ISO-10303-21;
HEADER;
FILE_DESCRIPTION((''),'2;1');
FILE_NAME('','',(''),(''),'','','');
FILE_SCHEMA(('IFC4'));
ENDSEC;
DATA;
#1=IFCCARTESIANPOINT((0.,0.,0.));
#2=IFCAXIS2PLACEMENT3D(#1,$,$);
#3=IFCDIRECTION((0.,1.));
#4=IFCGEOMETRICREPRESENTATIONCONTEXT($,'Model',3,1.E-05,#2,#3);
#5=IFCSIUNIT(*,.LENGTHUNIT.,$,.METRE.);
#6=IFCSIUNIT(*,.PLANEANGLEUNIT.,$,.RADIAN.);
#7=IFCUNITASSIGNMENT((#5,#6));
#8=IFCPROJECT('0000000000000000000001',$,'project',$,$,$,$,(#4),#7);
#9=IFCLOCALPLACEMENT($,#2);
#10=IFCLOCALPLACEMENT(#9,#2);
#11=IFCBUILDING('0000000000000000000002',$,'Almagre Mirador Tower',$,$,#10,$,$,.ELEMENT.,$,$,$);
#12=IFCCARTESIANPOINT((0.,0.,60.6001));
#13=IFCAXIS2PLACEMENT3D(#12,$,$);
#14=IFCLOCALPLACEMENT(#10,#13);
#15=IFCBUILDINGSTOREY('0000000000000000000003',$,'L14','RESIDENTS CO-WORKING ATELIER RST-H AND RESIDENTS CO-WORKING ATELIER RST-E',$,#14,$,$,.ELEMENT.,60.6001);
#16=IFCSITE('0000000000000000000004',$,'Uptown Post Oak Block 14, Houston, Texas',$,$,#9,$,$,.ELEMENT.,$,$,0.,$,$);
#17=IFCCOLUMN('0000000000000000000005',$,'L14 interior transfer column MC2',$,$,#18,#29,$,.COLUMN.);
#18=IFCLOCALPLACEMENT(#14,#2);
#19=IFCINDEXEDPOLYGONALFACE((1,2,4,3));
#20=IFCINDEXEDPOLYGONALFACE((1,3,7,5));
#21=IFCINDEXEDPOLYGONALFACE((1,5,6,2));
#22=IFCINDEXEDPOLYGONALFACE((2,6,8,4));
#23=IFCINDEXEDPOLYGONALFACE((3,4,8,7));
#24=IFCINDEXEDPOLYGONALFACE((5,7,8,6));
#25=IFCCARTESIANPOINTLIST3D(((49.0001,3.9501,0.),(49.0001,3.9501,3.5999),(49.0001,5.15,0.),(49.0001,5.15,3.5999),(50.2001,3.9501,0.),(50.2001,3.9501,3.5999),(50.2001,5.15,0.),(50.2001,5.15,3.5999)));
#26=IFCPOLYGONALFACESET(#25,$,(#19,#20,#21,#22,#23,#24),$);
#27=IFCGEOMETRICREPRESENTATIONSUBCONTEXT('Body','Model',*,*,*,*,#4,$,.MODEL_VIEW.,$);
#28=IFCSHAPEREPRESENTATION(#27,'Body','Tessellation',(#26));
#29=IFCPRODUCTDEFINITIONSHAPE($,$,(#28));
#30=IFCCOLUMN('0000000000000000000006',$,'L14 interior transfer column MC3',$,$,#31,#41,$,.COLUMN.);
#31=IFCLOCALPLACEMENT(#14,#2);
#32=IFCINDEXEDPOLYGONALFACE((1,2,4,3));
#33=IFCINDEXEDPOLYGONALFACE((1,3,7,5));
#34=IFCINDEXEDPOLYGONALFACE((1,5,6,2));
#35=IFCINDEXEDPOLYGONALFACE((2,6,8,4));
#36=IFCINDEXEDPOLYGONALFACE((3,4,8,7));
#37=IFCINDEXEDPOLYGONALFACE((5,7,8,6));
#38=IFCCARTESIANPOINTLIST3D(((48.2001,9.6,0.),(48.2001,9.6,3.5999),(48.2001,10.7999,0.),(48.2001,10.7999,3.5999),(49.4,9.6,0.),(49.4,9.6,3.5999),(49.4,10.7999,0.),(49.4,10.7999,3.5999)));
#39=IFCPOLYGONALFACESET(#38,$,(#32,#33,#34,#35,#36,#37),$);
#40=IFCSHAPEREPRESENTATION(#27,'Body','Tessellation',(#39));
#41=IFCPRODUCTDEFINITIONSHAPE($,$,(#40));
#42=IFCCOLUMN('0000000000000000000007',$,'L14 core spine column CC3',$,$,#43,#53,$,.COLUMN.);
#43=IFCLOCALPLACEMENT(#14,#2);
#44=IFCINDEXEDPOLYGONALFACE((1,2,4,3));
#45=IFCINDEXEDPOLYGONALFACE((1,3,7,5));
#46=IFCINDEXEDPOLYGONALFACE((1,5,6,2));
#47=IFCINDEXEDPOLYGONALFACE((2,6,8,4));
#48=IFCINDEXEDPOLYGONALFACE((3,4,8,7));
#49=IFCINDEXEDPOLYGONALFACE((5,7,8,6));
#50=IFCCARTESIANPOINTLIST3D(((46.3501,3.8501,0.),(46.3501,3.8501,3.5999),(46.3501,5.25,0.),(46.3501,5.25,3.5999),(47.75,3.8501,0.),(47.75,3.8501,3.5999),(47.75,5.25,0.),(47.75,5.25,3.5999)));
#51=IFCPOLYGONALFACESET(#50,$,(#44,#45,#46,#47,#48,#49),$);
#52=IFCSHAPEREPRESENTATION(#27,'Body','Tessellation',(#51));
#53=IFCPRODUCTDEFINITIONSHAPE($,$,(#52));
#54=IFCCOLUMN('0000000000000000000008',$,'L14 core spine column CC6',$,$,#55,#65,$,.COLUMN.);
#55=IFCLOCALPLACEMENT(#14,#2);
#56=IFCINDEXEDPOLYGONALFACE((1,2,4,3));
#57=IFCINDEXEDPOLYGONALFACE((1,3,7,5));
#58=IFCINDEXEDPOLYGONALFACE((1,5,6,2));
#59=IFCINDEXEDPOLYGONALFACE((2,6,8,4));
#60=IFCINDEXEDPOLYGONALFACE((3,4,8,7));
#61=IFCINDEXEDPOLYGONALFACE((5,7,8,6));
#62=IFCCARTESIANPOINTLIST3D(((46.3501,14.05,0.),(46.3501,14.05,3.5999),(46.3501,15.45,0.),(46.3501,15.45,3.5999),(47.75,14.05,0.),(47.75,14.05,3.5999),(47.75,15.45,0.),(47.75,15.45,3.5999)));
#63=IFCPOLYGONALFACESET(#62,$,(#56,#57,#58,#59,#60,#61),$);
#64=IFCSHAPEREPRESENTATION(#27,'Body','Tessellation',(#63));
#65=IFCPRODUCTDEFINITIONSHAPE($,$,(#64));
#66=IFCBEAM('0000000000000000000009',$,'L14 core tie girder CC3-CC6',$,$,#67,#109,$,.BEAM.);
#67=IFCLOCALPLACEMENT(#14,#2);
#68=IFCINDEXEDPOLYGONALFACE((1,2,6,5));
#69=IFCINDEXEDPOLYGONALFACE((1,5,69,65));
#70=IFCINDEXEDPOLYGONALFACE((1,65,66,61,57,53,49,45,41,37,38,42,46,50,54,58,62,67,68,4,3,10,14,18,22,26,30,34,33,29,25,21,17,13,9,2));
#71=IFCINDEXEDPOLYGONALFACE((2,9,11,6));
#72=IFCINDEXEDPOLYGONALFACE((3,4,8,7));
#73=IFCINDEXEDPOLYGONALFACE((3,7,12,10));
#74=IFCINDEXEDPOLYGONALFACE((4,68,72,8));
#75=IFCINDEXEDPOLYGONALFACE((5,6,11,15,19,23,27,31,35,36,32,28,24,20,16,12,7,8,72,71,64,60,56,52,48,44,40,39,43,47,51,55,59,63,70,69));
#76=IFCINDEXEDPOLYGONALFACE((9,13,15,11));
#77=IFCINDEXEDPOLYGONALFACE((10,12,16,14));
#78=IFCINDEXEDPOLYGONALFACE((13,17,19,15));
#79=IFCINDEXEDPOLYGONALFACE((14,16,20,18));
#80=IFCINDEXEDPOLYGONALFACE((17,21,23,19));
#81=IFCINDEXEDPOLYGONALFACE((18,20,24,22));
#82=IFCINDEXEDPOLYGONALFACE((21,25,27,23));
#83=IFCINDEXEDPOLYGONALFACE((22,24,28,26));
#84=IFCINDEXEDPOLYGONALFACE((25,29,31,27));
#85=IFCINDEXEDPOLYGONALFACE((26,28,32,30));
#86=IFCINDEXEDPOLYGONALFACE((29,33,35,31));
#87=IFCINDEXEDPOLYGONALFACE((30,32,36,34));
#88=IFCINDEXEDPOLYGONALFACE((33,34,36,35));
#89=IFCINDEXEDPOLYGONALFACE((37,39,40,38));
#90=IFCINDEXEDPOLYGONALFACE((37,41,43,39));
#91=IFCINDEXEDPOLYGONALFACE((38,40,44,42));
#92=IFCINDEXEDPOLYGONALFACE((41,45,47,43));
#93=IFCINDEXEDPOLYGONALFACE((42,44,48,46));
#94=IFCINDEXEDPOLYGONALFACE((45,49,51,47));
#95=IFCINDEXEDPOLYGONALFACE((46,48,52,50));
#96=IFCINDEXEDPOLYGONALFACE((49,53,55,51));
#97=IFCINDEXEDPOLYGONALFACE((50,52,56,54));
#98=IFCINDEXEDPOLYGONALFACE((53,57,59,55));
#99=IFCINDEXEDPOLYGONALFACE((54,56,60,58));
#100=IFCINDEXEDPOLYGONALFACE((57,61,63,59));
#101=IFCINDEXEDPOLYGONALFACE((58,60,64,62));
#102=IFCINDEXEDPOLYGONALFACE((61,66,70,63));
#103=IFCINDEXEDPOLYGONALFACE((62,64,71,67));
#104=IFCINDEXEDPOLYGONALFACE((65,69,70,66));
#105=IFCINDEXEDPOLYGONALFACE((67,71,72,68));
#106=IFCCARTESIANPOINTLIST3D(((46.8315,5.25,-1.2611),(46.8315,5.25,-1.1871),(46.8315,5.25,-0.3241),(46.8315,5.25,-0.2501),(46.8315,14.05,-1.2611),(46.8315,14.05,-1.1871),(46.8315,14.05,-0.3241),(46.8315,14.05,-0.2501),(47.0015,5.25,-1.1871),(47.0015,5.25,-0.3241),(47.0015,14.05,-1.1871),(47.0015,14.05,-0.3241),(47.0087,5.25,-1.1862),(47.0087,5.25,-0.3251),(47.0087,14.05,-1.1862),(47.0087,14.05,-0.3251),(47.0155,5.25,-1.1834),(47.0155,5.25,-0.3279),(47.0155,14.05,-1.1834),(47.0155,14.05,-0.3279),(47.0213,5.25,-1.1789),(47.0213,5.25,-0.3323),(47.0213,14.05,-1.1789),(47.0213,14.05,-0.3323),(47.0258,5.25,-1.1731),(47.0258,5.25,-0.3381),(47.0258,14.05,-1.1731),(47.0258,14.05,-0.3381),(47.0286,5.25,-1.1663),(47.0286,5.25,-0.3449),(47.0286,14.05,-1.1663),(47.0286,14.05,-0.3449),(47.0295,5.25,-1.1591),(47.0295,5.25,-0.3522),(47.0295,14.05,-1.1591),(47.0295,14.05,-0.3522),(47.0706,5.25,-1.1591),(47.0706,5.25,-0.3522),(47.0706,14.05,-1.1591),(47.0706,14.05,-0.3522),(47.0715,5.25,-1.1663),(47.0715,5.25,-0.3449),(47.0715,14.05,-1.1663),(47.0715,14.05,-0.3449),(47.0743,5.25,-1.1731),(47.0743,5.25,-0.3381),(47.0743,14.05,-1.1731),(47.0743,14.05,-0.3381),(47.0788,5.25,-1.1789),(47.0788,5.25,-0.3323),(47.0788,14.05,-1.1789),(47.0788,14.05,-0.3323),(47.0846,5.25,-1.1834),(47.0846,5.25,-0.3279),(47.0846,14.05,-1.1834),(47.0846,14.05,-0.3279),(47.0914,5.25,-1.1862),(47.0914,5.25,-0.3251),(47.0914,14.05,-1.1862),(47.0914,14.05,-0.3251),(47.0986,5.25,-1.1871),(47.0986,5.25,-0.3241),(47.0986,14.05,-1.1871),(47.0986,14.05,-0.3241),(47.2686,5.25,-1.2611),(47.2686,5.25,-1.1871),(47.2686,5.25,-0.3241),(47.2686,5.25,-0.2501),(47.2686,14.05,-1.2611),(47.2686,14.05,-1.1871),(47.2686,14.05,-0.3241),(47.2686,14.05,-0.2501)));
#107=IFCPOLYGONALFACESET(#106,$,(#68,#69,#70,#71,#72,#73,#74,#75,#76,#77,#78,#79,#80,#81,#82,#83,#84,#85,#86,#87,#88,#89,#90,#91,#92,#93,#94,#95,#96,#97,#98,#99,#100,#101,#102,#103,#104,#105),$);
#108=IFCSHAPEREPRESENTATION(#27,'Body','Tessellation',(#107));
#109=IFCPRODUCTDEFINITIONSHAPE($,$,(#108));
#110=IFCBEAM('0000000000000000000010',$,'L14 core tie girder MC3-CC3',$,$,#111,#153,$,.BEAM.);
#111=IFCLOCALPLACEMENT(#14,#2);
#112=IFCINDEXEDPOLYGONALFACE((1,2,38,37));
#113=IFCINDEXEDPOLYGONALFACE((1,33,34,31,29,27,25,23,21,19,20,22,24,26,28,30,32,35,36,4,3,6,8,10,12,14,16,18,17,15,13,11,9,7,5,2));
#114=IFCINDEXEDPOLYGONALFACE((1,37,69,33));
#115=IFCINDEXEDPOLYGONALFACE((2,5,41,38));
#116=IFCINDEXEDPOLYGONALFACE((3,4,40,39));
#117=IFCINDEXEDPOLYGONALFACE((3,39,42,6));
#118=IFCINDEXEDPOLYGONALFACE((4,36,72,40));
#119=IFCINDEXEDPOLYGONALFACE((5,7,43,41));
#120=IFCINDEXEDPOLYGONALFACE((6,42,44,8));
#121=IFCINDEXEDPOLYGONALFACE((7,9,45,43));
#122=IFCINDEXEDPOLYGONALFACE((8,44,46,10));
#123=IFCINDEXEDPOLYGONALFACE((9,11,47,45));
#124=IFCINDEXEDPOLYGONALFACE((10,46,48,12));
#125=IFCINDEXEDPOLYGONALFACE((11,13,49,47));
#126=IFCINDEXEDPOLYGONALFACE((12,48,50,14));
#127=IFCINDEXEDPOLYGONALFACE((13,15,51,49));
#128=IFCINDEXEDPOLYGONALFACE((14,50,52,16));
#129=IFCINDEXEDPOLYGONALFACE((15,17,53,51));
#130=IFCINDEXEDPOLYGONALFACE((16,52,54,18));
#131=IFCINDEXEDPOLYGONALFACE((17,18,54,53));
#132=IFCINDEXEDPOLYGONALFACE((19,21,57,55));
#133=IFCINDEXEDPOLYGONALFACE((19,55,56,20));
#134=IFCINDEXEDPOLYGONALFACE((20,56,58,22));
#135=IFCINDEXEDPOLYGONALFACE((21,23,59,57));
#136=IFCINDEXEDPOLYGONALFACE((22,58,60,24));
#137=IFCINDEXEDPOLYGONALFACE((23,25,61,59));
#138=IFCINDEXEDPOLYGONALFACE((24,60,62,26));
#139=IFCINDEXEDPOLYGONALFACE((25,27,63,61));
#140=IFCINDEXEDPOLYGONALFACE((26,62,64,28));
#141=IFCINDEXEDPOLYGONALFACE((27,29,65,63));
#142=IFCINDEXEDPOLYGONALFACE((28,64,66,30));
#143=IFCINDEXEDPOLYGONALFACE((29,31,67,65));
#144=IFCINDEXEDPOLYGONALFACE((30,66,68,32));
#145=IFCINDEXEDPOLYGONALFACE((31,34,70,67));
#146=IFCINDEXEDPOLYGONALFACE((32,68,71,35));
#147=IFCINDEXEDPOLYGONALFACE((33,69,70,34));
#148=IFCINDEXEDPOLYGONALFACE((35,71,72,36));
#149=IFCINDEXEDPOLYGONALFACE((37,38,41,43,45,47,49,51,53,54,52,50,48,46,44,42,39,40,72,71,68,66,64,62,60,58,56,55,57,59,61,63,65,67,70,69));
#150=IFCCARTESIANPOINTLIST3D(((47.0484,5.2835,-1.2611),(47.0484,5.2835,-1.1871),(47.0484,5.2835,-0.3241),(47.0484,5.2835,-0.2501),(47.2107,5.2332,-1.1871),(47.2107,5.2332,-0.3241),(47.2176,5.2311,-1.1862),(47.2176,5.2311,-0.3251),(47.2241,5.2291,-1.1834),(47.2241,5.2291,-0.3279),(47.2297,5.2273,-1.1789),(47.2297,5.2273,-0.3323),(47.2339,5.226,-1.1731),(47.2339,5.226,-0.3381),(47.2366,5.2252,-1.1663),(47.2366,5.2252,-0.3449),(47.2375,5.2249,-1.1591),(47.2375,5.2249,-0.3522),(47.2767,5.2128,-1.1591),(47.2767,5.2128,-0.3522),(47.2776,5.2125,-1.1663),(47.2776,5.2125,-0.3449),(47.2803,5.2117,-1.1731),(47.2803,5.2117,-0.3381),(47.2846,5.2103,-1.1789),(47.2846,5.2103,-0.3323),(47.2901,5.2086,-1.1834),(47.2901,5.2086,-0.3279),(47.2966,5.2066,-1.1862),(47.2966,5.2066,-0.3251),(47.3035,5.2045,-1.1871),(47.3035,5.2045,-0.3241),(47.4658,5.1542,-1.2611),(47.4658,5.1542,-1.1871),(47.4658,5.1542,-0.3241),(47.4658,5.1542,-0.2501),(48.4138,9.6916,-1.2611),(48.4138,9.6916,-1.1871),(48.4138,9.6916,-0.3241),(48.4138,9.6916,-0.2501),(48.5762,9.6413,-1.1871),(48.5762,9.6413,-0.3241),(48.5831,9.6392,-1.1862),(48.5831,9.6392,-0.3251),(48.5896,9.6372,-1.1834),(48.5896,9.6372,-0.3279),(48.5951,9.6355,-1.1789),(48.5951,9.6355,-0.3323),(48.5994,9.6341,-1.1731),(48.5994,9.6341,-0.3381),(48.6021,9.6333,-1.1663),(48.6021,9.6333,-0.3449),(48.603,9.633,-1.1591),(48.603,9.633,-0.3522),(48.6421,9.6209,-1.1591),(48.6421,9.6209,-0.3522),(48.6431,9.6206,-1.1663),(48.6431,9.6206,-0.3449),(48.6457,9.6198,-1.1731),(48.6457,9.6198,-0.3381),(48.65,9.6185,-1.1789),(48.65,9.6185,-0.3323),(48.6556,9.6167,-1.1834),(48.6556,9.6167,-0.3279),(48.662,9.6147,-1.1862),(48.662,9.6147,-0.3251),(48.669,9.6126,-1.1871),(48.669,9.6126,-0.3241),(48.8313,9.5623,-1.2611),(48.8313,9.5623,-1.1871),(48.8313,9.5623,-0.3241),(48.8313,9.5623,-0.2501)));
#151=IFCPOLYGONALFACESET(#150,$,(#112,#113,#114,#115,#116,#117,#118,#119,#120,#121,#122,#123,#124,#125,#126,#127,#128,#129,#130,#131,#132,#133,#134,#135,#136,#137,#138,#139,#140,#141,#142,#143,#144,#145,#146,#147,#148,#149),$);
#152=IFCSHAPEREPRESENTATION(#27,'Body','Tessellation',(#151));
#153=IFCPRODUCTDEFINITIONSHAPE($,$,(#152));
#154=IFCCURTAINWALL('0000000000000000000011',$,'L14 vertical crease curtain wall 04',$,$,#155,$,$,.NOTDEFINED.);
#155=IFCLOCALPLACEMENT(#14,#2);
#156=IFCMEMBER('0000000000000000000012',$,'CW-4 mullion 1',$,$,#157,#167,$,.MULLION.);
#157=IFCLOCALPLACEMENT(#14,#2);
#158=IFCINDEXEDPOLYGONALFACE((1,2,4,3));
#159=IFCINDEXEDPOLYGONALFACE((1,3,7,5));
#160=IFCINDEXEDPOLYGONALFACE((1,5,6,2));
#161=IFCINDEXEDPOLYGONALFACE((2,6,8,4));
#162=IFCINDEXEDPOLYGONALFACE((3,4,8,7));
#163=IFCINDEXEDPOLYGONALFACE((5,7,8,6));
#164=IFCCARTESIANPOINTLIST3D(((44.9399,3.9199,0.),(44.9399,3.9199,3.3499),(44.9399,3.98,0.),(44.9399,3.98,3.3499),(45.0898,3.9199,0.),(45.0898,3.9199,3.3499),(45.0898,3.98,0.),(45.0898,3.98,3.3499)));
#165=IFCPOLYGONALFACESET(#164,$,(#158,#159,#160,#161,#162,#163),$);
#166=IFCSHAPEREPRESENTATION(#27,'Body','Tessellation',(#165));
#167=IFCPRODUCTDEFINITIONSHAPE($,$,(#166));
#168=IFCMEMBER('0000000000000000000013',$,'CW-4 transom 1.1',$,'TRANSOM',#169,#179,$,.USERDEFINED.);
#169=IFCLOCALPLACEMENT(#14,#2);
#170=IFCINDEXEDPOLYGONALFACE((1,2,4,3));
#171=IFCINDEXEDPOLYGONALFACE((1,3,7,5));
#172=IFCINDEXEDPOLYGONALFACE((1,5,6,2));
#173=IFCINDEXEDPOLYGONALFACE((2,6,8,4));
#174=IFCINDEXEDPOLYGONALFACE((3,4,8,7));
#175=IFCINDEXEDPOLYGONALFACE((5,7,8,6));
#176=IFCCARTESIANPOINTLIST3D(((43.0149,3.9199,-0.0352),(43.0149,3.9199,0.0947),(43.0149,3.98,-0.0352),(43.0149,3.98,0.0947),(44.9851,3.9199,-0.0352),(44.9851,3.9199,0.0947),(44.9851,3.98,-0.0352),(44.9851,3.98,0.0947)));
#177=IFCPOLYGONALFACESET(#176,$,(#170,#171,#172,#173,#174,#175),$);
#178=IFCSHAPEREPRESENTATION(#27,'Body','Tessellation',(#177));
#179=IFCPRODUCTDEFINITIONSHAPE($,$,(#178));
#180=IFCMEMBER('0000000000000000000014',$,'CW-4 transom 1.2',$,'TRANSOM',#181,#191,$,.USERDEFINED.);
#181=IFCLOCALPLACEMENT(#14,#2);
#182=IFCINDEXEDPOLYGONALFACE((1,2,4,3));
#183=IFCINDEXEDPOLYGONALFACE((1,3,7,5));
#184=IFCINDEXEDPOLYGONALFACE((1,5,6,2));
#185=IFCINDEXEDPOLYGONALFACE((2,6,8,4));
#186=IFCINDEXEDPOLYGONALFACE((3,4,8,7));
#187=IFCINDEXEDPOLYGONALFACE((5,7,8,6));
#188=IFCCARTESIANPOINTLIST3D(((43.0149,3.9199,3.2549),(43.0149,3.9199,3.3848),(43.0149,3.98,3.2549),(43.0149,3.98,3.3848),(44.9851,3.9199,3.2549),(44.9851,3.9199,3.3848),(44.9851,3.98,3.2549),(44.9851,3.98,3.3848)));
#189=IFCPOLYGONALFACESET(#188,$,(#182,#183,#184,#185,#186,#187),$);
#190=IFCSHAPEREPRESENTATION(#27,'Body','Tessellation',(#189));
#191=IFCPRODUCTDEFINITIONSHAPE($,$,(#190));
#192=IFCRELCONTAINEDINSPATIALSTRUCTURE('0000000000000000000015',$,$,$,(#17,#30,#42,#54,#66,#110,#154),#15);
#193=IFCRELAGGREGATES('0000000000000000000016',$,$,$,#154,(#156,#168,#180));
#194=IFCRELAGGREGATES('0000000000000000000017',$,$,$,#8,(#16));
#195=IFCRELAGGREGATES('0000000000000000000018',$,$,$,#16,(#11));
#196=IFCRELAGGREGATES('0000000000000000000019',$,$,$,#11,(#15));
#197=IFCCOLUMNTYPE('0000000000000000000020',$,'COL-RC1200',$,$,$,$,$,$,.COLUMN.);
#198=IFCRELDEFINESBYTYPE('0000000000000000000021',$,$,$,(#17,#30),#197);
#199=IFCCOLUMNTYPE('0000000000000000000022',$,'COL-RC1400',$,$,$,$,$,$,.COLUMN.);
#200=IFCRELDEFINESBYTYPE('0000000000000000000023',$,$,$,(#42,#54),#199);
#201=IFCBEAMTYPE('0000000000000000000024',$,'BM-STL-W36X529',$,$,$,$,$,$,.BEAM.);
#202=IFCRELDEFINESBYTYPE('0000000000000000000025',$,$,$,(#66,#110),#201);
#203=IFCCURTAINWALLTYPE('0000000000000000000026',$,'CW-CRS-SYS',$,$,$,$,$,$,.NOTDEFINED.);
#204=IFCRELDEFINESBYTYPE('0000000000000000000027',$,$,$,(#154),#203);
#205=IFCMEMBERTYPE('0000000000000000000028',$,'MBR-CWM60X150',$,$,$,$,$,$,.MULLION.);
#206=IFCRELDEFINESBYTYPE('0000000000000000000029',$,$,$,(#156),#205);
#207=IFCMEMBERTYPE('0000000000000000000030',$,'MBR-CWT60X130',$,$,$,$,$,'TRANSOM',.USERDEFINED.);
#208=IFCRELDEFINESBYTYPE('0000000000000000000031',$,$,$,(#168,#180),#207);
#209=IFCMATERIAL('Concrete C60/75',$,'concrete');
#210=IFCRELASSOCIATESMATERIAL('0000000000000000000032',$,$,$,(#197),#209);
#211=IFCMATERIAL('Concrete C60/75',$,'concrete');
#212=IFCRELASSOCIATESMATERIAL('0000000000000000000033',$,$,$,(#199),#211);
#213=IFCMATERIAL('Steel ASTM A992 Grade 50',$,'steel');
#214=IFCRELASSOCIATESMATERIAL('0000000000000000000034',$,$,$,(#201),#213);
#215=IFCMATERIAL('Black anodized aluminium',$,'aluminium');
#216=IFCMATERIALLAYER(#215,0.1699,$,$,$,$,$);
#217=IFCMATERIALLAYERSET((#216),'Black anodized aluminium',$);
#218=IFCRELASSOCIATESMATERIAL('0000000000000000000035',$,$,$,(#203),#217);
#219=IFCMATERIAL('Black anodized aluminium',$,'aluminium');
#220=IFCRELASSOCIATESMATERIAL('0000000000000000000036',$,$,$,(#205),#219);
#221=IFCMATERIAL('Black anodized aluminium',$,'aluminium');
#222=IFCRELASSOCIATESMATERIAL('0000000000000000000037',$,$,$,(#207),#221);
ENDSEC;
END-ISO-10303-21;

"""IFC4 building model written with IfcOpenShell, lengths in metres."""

from ifc_helpers import new_model, si_unit, direction, frame, origin, origin_2d, place, context, subcontext, project, spatial, rectangle, i_section, extrude, material, layer, layer_set, material_profile, profile_set, type_object, element, aggregate, save


model = new_model("IFC4")

# Units and contexts
model_context = context("Model", 3, precision=1e-05, world=origin(), true_north=direction((0.0, 1.0)))
body_context = subcontext(model_context, "Body", "Model", "MODEL_VIEW")
ifc_project = project(units=[si_unit("LENGTHUNIT", "METRE"), si_unit("PLANEANGLEUNIT", "RADIAN")], contexts=[model_context])

# Site, building, storey
site_placement = place(None, origin())
site = spatial("IfcSite", under=ifc_project, at=site_placement, Name="Uptown Post Oak Block 14, Houston, Texas", CompositionType="ELEMENT", RefElevation=0.0)
building_placement = place(site_placement, origin())
building = spatial("IfcBuilding", under=site, at=building_placement, Name="Almagre Mirador Tower", CompositionType="ELEMENT")
storey_placement = place(building_placement, frame((0.0, 0.0, 60.6001)))
storey = spatial("IfcBuildingStorey", under=building, at=storey_placement, Name="L14", Description="RESIDENTS CO-WORKING ATELIER RST-H AND RESIDENTS CO-WORKING ATELIER RST-E", CompositionType="ELEMENT", Elevation=60.6001)

# Columns
ifc_material_1 = material(Name="Concrete C60/75", Category="concrete")
ifc_material_profile_1 = material_profile(ifc_material_1, rectangle(XDim=1.2, YDim=1.2, at=origin_2d()), Name="RC1200X1200")
ifc_profile_set_1 = profile_set([ifc_material_profile_1], Name="Concrete C60/75")
column_type_1 = type_object("IfcColumnType", Name="COL-RC1200", PredefinedType="COLUMN", material=ifc_profile_set_1)
for number, where, z_axis, x_axis, name in (
    (1, (49.6001, 4.55, 0.0), (0.0, 0.0, 1.0), (1.0, 0.0, 0.0), "L14 interior transfer column MC2"),
    (2, (48.8, 10.2, 0.0), (0.0, 0.0, 1.0), (1.0, 0.0, 0.0), "L14 interior transfer column MC3"),
):
    element("IfcColumn", number, at=place(storey_placement, frame(where, z_axis=z_axis, x_axis=x_axis)), inside=storey, type_object=column_type_1, Name=name, PredefinedType="COLUMN", context=body_context, shape_type="SweptSolid", body=[
        extrude(rectangle(XDim=1.2, YDim=1.2, at=origin_2d()), origin(), (0.0, 0.0, 1.0), 3.5999),
    ])
ifc_material_2 = material(Name="Concrete C60/75", Category="concrete")
ifc_material_profile_2 = material_profile(ifc_material_2, rectangle(XDim=1.3999, YDim=1.3999, at=origin_2d()), Name="RC1400X1400")
ifc_profile_set_2 = profile_set([ifc_material_profile_2], Name="Concrete C60/75")
column_type_2 = type_object("IfcColumnType", Name="COL-RC1400", PredefinedType="COLUMN", material=ifc_profile_set_2)
for number, where, z_axis, x_axis, name in (
    (3, (47.05, 4.55, 0.0), (0.0, 0.0, 1.0), (1.0, 0.0, 0.0), "L14 core spine column CC3"),
    (4, (47.05, 14.75, 0.0), (0.0, 0.0, 1.0), (1.0, 0.0, 0.0), "L14 core spine column CC6"),
):
    element("IfcColumn", number, at=place(storey_placement, frame(where, z_axis=z_axis, x_axis=x_axis)), inside=storey, type_object=column_type_2, Name=name, PredefinedType="COLUMN", context=body_context, shape_type="SweptSolid", body=[
        extrude(rectangle(XDim=1.3999, YDim=1.3999, at=origin_2d()), origin(), (0.0, 0.0, 1.0), 3.5999),
    ])

# Beams
ifc_material_3 = material(Name="Steel ASTM A992 Grade 50", Category="steel")
ifc_material_profile_3 = material_profile(ifc_material_3, i_section(OverallWidth=0.437, OverallDepth=1.011, WebThickness=0.041, FlangeThickness=0.074, FilletRadius=0.0281, at=origin_2d()), Name="W36X529")
ifc_profile_set_3 = profile_set([ifc_material_profile_3], Name="Steel ASTM A992 Grade 50")
beam_type = type_object("IfcBeamType", Name="BM-STL-W36X529", PredefinedType="BEAM", material=ifc_profile_set_3)
beam_1_placement = place(storey_placement, frame((47.05, 5.25, -0.7556), z_axis=(0.0, 1.0, 0.0), x_axis=(-1.0, 0.0, 0.0)))
element("IfcBeam", 5, at=beam_1_placement, inside=storey, type_object=beam_type, Name="L14 core tie girder CC3-CC6", PredefinedType="BEAM", context=body_context, shape_type="SweptSolid", body=[
    extrude(i_section(OverallWidth=0.437, OverallDepth=1.011, WebThickness=0.041, FlangeThickness=0.074, FilletRadius=0.0281, at=origin_2d()), origin(), (0.0, 0.0, 1.0), 8.8),
])
beam_2_placement = place(storey_placement, frame((48.6226, 9.627, -0.7556), z_axis=(-0.295888, -0.955223, 0.0), x_axis=(0.955223, -0.295888, 0.0)))
element("IfcBeam", 6, at=beam_2_placement, inside=storey, type_object=beam_type, Name="L14 core tie girder MC3-CC3", PredefinedType="BEAM", context=body_context, shape_type="SweptSolid", body=[
    extrude(i_section(OverallWidth=0.437, OverallDepth=1.011, WebThickness=0.041, FlangeThickness=0.074, FilletRadius=0.0281, at=origin_2d()), origin(), (0.0, 0.0, 1.0), 4.6147),
])

# Curtain wall, members
ifc_material_4 = material(Name="Black anodized aluminium", Category="aluminium")
ifc_layer_1 = layer(ifc_material_4, 0.1699)
ifc_layer_set_1 = layer_set([ifc_layer_1], Name="Black anodized aluminium")
curtain_wall_type = type_object("IfcCurtainWallType", Name="CW-CRS-SYS", PredefinedType="NOTDEFINED", material=ifc_layer_set_1)
curtain_wall_placement = place(storey_placement, origin())
curtain_wall = element("IfcCurtainWall", 7, at=curtain_wall_placement, inside=storey, type_object=curtain_wall_type, Name="L14 vertical crease curtain wall 04", PredefinedType="NOTDEFINED")
ifc_material_5 = material(Name="Black anodized aluminium", Category="aluminium")
ifc_material_profile_4 = material_profile(ifc_material_5, rectangle(XDim=0.0601, YDim=0.1499, at=origin_2d()), Name="CWM60X150")
ifc_profile_set_4 = profile_set([ifc_material_profile_4], Name="Black anodized aluminium")
member_type_1 = type_object("IfcMemberType", Name="MBR-CWM60X150", PredefinedType="MULLION", material=ifc_profile_set_4)
member_1_placement = place(storey_placement, frame((45.0149, 3.95, 0.0), z_axis=(0.0, 0.0, 1.0), x_axis=(0.0, -1.0, 0.0)))
member_1 = element("IfcMember", 8, at=member_1_placement, type_object=member_type_1, Name="CW-4 mullion 1", PredefinedType="MULLION", context=body_context, shape_type="SweptSolid", body=[
    extrude(rectangle(XDim=0.0601, YDim=0.1499, at=origin_2d()), origin(), (0.0, 0.0, 1.0), 3.3499),
])
ifc_material_6 = material(Name="Black anodized aluminium", Category="aluminium")
ifc_material_profile_5 = material_profile(ifc_material_6, rectangle(XDim=0.0601, YDim=0.1299, at=origin_2d()), Name="CWT60X130")
ifc_profile_set_5 = profile_set([ifc_material_profile_5], Name="Black anodized aluminium")
member_type_2 = type_object("IfcMemberType", Name="MBR-CWT60X130", ElementType="TRANSOM", PredefinedType="USERDEFINED", material=ifc_profile_set_5)
member_2_placement = place(storey_placement, frame((44.9851, 3.95, 0.0298), z_axis=(-1.0, 0.0, 0.0), x_axis=(0.0, -1.0, 0.0)))
member_2 = element("IfcMember", 9, at=member_2_placement, type_object=member_type_2, Name="CW-4 transom 1.1", ObjectType="TRANSOM", PredefinedType="USERDEFINED", context=body_context, shape_type="SweptSolid", body=[
    extrude(rectangle(XDim=0.0601, YDim=0.1299, at=origin_2d()), origin(), (0.0, 0.0, 1.0), 1.9702),
])
member_3_placement = place(storey_placement, frame((44.9851, 3.95, 3.3198), z_axis=(-1.0, 0.0, 0.0), x_axis=(0.0, -1.0, 0.0)))
member_3 = element("IfcMember", 10, at=member_3_placement, type_object=member_type_2, Name="CW-4 transom 1.2", ObjectType="TRANSOM", PredefinedType="USERDEFINED", context=body_context, shape_type="SweptSolid", body=[
    extrude(rectangle(XDim=0.0601, YDim=0.1299, at=origin_2d()), origin(), (0.0, 0.0, 1.0), 1.9702),
])
aggregate(curtain_wall, [member_1, member_2, member_3])

save(model, "model.ifc")
